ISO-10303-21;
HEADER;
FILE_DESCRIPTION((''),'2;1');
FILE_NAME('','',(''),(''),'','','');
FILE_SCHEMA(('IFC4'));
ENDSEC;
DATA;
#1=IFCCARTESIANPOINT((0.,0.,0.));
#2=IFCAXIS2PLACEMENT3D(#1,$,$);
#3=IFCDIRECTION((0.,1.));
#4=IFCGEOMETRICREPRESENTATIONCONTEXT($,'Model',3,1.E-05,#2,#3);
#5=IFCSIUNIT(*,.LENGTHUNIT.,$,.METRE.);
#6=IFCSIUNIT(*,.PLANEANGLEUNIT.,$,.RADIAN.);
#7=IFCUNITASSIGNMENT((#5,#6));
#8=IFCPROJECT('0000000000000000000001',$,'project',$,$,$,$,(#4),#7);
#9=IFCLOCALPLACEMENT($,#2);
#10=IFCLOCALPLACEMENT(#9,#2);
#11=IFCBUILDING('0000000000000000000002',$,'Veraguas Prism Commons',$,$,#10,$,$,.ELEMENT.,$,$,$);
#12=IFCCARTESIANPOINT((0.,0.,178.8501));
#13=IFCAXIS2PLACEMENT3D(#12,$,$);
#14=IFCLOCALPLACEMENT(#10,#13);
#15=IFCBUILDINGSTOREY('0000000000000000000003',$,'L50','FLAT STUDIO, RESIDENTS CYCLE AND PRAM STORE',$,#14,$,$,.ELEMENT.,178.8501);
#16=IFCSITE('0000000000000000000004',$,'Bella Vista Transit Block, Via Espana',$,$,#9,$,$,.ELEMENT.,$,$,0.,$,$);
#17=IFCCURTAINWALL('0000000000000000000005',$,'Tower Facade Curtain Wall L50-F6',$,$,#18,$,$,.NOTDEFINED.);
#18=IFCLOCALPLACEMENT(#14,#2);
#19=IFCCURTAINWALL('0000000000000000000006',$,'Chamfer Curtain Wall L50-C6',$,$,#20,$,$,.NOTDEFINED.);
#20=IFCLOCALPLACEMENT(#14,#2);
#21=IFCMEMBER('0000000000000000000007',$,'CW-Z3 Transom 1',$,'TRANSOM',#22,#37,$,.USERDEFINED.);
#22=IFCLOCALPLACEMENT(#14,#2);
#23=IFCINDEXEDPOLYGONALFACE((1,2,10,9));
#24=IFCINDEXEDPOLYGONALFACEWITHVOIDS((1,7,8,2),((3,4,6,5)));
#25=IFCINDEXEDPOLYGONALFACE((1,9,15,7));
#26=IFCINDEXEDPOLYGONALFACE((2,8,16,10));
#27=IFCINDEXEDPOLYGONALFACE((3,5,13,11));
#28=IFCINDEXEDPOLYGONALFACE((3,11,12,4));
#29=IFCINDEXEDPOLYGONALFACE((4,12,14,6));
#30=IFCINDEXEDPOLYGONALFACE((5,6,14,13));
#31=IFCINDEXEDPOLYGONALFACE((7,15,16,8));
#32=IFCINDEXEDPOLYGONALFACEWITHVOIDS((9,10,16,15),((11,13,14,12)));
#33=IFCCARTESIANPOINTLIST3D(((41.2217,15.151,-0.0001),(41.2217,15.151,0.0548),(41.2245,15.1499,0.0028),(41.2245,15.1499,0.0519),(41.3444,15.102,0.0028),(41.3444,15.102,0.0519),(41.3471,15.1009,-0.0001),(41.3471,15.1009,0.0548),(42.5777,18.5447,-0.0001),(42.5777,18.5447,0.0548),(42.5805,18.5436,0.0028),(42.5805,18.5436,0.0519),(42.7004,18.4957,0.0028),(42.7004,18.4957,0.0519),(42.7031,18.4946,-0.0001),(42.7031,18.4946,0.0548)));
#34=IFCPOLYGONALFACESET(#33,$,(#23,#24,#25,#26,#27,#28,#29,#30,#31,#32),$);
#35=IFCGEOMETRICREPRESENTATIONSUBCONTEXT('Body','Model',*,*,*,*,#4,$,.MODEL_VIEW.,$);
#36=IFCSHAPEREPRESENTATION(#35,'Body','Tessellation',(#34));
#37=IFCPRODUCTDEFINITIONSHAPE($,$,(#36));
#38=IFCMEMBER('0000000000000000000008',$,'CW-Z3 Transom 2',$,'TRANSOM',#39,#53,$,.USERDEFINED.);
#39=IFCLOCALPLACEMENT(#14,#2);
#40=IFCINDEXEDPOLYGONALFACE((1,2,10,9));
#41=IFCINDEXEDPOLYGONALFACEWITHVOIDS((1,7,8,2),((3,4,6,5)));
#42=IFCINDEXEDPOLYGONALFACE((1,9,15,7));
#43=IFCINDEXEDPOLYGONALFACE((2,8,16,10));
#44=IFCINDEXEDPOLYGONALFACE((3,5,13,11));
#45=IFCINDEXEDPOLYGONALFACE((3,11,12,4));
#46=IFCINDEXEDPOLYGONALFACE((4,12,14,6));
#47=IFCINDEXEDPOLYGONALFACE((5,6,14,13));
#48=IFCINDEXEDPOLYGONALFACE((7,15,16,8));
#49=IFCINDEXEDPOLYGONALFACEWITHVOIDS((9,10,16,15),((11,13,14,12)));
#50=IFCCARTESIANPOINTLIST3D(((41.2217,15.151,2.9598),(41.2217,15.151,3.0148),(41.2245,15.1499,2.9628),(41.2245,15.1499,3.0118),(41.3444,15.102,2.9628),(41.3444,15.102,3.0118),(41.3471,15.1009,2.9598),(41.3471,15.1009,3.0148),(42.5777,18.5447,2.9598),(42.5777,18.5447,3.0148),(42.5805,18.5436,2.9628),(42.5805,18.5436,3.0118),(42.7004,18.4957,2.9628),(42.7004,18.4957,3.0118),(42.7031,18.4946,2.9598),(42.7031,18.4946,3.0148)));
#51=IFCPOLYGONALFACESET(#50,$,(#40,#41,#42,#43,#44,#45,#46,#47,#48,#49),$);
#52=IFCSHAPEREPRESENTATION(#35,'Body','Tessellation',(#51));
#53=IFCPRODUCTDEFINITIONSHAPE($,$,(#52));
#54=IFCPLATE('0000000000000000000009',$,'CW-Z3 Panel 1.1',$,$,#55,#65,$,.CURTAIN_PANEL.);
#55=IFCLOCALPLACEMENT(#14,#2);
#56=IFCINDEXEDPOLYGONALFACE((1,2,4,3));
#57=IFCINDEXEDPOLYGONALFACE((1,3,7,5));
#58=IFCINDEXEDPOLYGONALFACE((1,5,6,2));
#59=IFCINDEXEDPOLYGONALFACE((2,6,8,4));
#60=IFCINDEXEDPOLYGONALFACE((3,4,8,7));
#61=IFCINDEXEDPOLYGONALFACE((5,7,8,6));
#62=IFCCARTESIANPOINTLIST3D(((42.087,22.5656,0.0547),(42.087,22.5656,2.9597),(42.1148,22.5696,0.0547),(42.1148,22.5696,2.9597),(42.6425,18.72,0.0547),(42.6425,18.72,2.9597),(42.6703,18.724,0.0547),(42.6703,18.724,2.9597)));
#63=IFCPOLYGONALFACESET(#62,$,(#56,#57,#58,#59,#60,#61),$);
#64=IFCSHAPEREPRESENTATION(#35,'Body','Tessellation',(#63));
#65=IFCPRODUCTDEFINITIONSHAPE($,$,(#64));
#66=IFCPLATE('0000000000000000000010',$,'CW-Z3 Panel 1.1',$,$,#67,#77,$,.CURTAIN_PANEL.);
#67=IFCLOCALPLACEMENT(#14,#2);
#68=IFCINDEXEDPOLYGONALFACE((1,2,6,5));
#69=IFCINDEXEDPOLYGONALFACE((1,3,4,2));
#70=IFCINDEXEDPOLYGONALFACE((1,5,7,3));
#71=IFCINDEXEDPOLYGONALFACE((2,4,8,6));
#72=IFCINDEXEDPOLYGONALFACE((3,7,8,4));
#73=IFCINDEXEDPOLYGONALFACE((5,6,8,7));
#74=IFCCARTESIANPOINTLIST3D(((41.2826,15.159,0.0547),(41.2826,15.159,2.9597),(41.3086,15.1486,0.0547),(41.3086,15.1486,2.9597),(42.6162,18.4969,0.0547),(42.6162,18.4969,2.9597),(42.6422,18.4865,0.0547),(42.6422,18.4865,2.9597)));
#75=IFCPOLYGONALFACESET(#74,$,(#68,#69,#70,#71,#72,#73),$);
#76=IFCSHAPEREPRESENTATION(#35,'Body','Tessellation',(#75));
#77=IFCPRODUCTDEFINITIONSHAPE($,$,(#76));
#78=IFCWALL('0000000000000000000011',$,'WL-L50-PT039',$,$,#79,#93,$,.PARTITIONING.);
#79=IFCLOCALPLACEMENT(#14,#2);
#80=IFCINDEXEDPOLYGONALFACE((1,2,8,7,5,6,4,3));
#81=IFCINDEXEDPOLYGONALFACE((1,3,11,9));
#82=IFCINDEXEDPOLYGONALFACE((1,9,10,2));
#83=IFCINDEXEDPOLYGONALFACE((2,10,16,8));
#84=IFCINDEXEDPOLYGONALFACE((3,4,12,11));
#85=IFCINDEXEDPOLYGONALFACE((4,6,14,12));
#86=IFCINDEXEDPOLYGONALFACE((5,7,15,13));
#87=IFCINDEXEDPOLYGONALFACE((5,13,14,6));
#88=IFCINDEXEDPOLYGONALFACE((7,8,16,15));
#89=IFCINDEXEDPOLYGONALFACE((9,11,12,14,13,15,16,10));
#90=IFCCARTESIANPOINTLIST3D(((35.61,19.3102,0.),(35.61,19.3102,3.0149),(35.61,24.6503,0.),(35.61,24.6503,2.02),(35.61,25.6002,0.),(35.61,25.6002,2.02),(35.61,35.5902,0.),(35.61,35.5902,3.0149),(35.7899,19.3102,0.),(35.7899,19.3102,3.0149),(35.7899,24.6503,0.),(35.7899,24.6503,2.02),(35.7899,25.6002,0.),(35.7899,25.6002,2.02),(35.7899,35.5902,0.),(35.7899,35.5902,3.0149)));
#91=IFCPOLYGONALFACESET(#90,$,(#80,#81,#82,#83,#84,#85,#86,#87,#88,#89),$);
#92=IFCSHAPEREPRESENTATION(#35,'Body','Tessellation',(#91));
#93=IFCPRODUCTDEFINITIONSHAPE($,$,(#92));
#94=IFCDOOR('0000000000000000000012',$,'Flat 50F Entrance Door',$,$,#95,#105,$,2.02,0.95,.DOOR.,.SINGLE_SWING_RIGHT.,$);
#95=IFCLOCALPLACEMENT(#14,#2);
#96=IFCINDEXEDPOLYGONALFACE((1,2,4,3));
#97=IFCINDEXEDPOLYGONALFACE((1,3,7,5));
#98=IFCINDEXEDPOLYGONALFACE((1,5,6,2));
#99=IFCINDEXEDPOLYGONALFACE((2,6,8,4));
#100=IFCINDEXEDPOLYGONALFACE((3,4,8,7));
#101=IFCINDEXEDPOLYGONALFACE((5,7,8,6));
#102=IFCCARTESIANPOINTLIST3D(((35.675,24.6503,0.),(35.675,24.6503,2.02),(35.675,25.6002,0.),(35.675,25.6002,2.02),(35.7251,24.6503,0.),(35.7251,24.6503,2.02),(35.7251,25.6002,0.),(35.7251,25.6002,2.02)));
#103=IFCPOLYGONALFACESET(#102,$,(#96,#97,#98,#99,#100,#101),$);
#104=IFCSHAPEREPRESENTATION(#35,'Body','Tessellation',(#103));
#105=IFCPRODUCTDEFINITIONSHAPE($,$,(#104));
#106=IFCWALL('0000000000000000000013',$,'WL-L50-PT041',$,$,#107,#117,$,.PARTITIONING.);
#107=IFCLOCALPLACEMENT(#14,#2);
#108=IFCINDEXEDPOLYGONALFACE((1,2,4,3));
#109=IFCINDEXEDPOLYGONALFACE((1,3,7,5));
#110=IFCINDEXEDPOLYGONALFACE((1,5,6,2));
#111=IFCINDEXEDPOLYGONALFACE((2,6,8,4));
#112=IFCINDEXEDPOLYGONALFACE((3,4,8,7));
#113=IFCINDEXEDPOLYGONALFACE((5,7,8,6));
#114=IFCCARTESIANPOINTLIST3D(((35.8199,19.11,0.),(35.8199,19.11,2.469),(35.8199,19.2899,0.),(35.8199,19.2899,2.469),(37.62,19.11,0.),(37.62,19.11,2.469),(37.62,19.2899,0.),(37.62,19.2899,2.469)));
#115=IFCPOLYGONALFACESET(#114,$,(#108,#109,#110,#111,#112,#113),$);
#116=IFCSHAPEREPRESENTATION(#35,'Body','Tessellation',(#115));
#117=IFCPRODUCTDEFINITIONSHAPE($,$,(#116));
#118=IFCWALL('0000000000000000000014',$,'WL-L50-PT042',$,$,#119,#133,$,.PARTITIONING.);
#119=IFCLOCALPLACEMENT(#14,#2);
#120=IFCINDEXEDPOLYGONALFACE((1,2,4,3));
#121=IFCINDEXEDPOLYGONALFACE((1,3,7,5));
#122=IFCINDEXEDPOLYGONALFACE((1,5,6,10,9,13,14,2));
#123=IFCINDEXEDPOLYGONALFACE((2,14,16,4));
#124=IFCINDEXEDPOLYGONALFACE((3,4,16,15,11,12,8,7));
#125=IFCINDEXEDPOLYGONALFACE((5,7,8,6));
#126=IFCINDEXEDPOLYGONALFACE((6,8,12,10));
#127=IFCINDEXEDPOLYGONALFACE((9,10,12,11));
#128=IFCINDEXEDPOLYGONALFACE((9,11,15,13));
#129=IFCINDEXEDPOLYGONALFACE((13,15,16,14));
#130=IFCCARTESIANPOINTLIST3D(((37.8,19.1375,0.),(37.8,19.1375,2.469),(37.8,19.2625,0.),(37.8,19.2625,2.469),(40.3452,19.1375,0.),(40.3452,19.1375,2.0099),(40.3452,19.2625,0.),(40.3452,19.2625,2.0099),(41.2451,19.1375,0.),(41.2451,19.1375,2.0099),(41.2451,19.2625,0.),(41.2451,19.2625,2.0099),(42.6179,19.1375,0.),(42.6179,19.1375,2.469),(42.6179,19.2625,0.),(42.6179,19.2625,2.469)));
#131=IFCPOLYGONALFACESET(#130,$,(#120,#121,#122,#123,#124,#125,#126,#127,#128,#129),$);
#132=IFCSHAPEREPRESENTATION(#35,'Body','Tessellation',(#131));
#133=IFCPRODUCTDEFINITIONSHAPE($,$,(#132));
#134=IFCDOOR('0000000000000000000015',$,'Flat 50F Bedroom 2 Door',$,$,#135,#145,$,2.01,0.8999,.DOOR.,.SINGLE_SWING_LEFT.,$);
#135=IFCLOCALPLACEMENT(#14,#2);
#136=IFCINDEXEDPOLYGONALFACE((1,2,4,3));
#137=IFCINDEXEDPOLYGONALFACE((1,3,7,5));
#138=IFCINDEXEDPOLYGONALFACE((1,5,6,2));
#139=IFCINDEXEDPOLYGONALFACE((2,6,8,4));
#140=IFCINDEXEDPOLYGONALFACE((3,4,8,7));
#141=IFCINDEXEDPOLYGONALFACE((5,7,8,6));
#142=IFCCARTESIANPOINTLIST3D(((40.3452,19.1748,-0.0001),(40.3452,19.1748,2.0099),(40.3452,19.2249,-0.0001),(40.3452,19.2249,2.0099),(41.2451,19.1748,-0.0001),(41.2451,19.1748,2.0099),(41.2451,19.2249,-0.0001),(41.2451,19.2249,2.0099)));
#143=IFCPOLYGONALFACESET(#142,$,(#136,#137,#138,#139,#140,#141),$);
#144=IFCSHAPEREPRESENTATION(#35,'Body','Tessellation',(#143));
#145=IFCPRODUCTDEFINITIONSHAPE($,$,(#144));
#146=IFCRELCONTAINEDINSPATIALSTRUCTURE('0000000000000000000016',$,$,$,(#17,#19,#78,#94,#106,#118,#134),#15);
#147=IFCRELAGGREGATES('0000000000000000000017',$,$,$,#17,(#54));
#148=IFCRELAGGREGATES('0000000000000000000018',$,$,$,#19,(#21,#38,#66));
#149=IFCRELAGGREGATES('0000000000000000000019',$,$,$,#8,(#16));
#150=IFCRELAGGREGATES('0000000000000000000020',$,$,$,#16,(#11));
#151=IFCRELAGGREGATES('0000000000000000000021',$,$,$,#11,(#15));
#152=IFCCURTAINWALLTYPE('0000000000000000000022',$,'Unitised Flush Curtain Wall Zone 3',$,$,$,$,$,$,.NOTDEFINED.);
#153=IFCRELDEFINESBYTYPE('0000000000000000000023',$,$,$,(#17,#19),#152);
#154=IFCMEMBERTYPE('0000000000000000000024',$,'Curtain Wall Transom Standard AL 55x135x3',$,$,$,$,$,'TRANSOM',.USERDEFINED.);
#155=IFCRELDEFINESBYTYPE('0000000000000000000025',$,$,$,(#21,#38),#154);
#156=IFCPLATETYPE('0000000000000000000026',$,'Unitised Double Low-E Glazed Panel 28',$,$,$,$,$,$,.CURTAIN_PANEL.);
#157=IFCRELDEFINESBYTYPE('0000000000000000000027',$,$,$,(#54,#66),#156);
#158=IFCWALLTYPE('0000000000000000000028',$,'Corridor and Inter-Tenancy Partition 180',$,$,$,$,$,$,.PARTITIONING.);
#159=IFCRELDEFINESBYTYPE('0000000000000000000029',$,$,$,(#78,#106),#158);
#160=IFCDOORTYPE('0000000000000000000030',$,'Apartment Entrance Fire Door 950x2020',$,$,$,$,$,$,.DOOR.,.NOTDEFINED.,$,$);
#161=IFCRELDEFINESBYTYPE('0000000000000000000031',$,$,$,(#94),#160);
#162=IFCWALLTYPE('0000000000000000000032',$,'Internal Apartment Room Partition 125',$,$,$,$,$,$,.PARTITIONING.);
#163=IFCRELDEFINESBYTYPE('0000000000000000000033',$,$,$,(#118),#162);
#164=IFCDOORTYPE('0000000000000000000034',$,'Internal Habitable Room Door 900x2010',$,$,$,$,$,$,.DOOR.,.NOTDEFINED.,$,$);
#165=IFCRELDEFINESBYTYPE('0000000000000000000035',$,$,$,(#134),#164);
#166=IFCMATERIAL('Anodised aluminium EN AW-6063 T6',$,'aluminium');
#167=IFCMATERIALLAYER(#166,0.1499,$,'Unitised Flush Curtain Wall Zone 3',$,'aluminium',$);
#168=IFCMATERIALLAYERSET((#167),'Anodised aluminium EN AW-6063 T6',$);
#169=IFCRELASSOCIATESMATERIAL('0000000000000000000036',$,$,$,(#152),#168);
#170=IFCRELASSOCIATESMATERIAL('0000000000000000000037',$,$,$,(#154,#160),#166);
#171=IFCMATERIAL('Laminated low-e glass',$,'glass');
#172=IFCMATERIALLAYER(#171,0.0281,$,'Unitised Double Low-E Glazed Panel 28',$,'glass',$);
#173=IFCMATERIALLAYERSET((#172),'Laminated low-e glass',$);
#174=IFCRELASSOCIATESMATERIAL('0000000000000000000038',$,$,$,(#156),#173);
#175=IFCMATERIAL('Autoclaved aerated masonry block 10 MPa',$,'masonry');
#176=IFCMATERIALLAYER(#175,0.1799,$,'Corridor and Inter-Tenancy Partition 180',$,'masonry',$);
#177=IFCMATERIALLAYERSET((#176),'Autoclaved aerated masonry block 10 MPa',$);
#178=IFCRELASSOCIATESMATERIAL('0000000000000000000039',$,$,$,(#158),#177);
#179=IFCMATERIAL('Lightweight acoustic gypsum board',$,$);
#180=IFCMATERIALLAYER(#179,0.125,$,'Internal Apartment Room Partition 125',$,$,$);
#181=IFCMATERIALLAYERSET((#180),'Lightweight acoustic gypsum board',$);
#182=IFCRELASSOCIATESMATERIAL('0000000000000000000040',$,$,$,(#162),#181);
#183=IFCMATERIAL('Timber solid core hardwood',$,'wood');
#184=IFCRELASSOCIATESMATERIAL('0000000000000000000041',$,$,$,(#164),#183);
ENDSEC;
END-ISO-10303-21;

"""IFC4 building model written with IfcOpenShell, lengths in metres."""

from ifc_helpers import new_model, si_unit, direction, frame, frame_2d, origin, origin_2d, place, context, subcontext, project, spatial, rectangle, hollow_rectangle, extrude, source, transform, mapped, material, layer, layer_set, material_profile, profile_set, type_object, element, fill, aggregate, save


model = new_model("IFC4")

# Units and contexts
model_context = context("Model", 3, precision=1e-05, world=origin(), true_north=direction((0.0, 1.0)))
body_context = subcontext(model_context, "Body", "Model", "MODEL_VIEW")
ifc_project = project(units=[si_unit("LENGTHUNIT", "METRE"), si_unit("PLANEANGLEUNIT", "RADIAN")], contexts=[model_context])

# Site, building, storey
site_placement = place(None, origin())
site = spatial("IfcSite", under=ifc_project, at=site_placement, Name="Bella Vista Transit Block, Via Espana", CompositionType="ELEMENT", RefElevation=0.0)
building_placement = place(site_placement, origin())
building = spatial("IfcBuilding", under=site, at=building_placement, Name="Veraguas Prism Commons", CompositionType="ELEMENT")
storey_placement = place(building_placement, frame((0.0, 0.0, 178.8501)))
storey = spatial("IfcBuildingStorey", under=building, at=storey_placement, Name="L50", Description="FLAT STUDIO, RESIDENTS CYCLE AND PRAM STORE", CompositionType="ELEMENT", Elevation=178.8501)

# Curtain walls
ifc_material_1 = material(Name="Anodised aluminium EN AW-6063 T6", Category="aluminium")
ifc_layer_1 = layer(ifc_material_1, 0.1499, Name="Unitised Flush Curtain Wall Zone 3", Category="aluminium")
ifc_layer_set_1 = layer_set([ifc_layer_1], Name="Anodised aluminium EN AW-6063 T6")
curtain_wall_type = type_object("IfcCurtainWallType", Name="Unitised Flush Curtain Wall Zone 3", PredefinedType="NOTDEFINED", material=ifc_layer_set_1)
curtain_wall_1_placement = place(storey_placement, origin())
curtain_wall_1 = element("IfcCurtainWall", 1, at=curtain_wall_1_placement, inside=storey, type_object=curtain_wall_type, Name="Tower Facade Curtain Wall L50-F6", PredefinedType="NOTDEFINED")
curtain_wall_2_placement = place(storey_placement, origin())
curtain_wall_2 = element("IfcCurtainWall", 2, at=curtain_wall_2_placement, inside=storey, type_object=curtain_wall_type, Name="Chamfer Curtain Wall L50-C6", PredefinedType="NOTDEFINED")

# Members
ifc_material_profile_1 = material_profile(ifc_material_1, hollow_rectangle(XDim=0.0549, YDim=0.135, WallThickness=0.0029, at=origin_2d()), Name="AL55X135X3")
ifc_profile_set_1 = profile_set([ifc_material_profile_1], Name="Anodised aluminium EN AW-6063 T6")
member_type_1 = type_object("IfcMemberType", Name="Curtain Wall Transom Standard AL 55x135x3", ElementType="TRANSOM", PredefinedType="USERDEFINED", material=ifc_profile_set_1)
shared_shape_1 = source(origin(), body_context, "Body", "SweptSolid", [
    extrude(hollow_rectangle(XDim=0.0549, YDim=0.135, WallThickness=0.0029, at=origin_2d()), origin(), (0.0, 0.0, 1.0), 3.6545),
])
member_1_placement = place(storey_placement, frame((41.2844, 15.126, 0.0273), z_axis=(0.371045, 0.928615, 0.0), x_axis=(0.0, 0.0, 1.0)))
member_1 = element("IfcMember", 3, at=member_1_placement, type_object=member_type_1, Name="CW-Z3 Transom 1", ObjectType="TRANSOM", PredefinedType="USERDEFINED", context=body_context, shape_type="MappedRepresentation", body=[
    mapped(shared_shape_1, transform((0.0, 0.0, 0.0), scale=1.0)),
])
member_2_placement = place(storey_placement, frame((41.2844, 15.126, 2.9873), z_axis=(0.371045, 0.928615, 0.0), x_axis=(0.0, 0.0, 1.0)))
member_2 = element("IfcMember", 4, at=member_2_placement, type_object=member_type_1, Name="CW-Z3 Transom 2", ObjectType="TRANSOM", PredefinedType="USERDEFINED", context=body_context, shape_type="MappedRepresentation", body=[
    mapped(shared_shape_1, transform((0.0, 0.0, 0.0), scale=1.0)),
])

# Plates
ifc_material_2 = material(Name="Laminated low-e glass", Category="glass")
ifc_layer_2 = layer(ifc_material_2, 0.0281, Name="Unitised Double Low-E Glazed Panel 28", Category="glass")
ifc_layer_set_2 = layer_set([ifc_layer_2], Name="Laminated low-e glass")
plate_type = type_object("IfcPlateType", Name="Unitised Double Low-E Glazed Panel 28", PredefinedType="CURTAIN_PANEL", material=ifc_layer_set_2)
shared_shape_2 = source(origin(), body_context, "Body", "SweptSolid", [
    extrude(rectangle(XDim=3.8855, YDim=0.0281, at=origin_2d()), origin(), (0.0, 0.0, 1.0), 2.905),
])
plate_1_placement = place(storey_placement, frame((42.3787, 20.6448, 0.0547), z_axis=(0.0, 0.0, 1.0), x_axis=(-0.142973, 0.989727, 0.0)))
plate_1 = element("IfcPlate", 5, at=plate_1_placement, type_object=plate_type, Name="CW-Z3 Panel 1.1", PredefinedType="CURTAIN_PANEL", context=body_context, shape_type="MappedRepresentation", body=[
    mapped(shared_shape_2, transform((0.0, 0.0, 0.0), scale=1.0)),
])
aggregate(curtain_wall_1, [plate_1])
shared_shape_3 = source(origin(), body_context, "Body", "SweptSolid", [
    extrude(rectangle(XDim=3.5945, YDim=0.0281, at=origin_2d()), origin(), (0.0, 0.0, 1.0), 2.905),
])
plate_2_placement = place(storey_placement, frame((41.9624, 16.8228, 0.0547), z_axis=(0.0, 0.0, 1.0), x_axis=(0.371015, 0.928627, 0.0)))
plate_2 = element("IfcPlate", 6, at=plate_2_placement, type_object=plate_type, Name="CW-Z3 Panel 1.1", PredefinedType="CURTAIN_PANEL", context=body_context, shape_type="MappedRepresentation", body=[
    mapped(shared_shape_3, transform((0.0, 0.0, 0.0), scale=1.0)),
])
aggregate(curtain_wall_2, [member_1, member_2, plate_2])

# Wall, opening, door
ifc_material_3 = material(Name="Autoclaved aerated masonry block 10 MPa", Category="masonry")
ifc_layer_3 = layer(ifc_material_3, 0.1799, Name="Corridor and Inter-Tenancy Partition 180", Category="masonry")
ifc_layer_set_3 = layer_set([ifc_layer_3], Name="Autoclaved aerated masonry block 10 MPa")
wall_type_1 = type_object("IfcWallType", Name="Corridor and Inter-Tenancy Partition 180", PredefinedType="PARTITIONING", material=ifc_layer_set_3)
wall_1_placement = place(storey_placement, frame((35.7, 19.3101, 0.0), z_axis=(0.0, 0.0, 1.0), x_axis=(0.0, 1.0, 0.0)))
wall_1 = element("IfcWall", 7, at=wall_1_placement, inside=storey, type_object=wall_type_1, Name="WL-L50-PT039", PredefinedType="PARTITIONING", context=body_context, shape_type="SweptSolid", body=[
    extrude(rectangle(XDim=16.28, YDim=0.1799, at=frame_2d((8.1401, 0.0))), origin(), (0.0, 0.0, 1.0), 3.0149),
])
opening_1_placement = place(wall_1_placement, frame((5.3401, 0.0, 0.0)))
opening_1 = element("IfcOpeningElement", 8, at=opening_1_placement, cuts=wall_1, PredefinedType="OPENING", context=body_context, shape_type="SweptSolid", body=[
    extrude(rectangle(XDim=0.95, YDim=2.02, at=frame_2d((0.4751, 1.01))), frame((0.0, 0.0999, 0.0), z_axis=(0.0, -1.0, 0.0), x_axis=(1.0, 0.0, 0.0)), (0.0, 0.0, 1.0), 0.2),
])
door_type_1 = type_object("IfcDoorType", Name="Apartment Entrance Fire Door 950x2020", OperationType="NOTDEFINED", PredefinedType="DOOR", material=ifc_material_1)
shared_shape_4 = source(origin(), body_context, "Body", "SweptSolid", [
    extrude(rectangle(XDim=0.95, YDim=2.02, at=frame_2d((0.4751, 1.01))), frame((0.0, 0.0249, 0.0), z_axis=(0.0, -1.0, 0.0), x_axis=(1.0, 0.0, 0.0)), (0.0, 0.0, 1.0), 0.05),
])
door_1_placement = place(opening_1_placement, origin())
door_1 = element("IfcDoor", 9, at=door_1_placement, inside=storey, type_object=door_type_1, Name="Flat 50F Entrance Door", OperationType="SINGLE_SWING_RIGHT", OverallHeight=2.02, OverallWidth=0.95, PredefinedType="DOOR", context=body_context, shape_type="MappedRepresentation", body=[
    mapped(shared_shape_4, transform((0.0, 0.0, 0.0), scale=1.0)),
])
fill(opening_1, door_1)

# Wall
wall_2_placement = place(storey_placement, frame((35.8201, 19.2, 0.0), z_axis=(0.0, 0.0, 1.0), x_axis=(1.0, 0.0, 0.0)))
element("IfcWall", 10, at=wall_2_placement, inside=storey, type_object=wall_type_1, Name="WL-L50-PT041", PredefinedType="PARTITIONING", context=body_context, shape_type="SweptSolid", body=[
    extrude(rectangle(XDim=1.8, YDim=0.1799, at=frame_2d((0.8999, 0.0))), origin(), (0.0, 0.0, 1.0), 2.469),
])

# Wall, opening, door
ifc_material_4 = material(Name="Lightweight acoustic gypsum board")
ifc_layer_4 = layer(ifc_material_4, 0.125, Name="Internal Apartment Room Partition 125")
ifc_layer_set_4 = layer_set([ifc_layer_4], Name="Lightweight acoustic gypsum board")
wall_type_2 = type_object("IfcWallType", Name="Internal Apartment Room Partition 125", PredefinedType="PARTITIONING", material=ifc_layer_set_4)
wall_3_placement = place(storey_placement, frame((37.8, 19.2, 0.0), z_axis=(0.0, 0.0, 1.0), x_axis=(1.0, 0.0, 0.0)))
wall_3 = element("IfcWall", 11, at=wall_3_placement, inside=storey, type_object=wall_type_2, Name="WL-L50-PT042", PredefinedType="PARTITIONING", context=body_context, shape_type="SweptSolid", body=[
    extrude(rectangle(XDim=4.8179, YDim=0.125, at=frame_2d((2.4089, 0.0))), origin(), (0.0, 0.0, 1.0), 2.469),
])
opening_2_placement = place(wall_3_placement, frame((2.5452, 0.0, 0.0)))
opening_2 = element("IfcOpeningElement", 12, at=opening_2_placement, cuts=wall_3, PredefinedType="OPENING", context=body_context, shape_type="SweptSolid", body=[
    extrude(rectangle(XDim=0.8999, YDim=2.01, at=frame_2d((0.45, 1.0049))), frame((0.0, 0.0725, 0.0), z_axis=(0.0, -1.0, 0.0), x_axis=(1.0, 0.0, 0.0)), (0.0, 0.0, 1.0), 0.145),
])
ifc_material_5 = material(Name="Timber solid core hardwood", Category="wood")
door_type_2 = type_object("IfcDoorType", Name="Internal Habitable Room Door 900x2010", OperationType="NOTDEFINED", PredefinedType="DOOR", material=ifc_material_5)
shared_shape_5 = source(origin(), body_context, "Body", "SweptSolid", [
    extrude(rectangle(XDim=0.8999, YDim=2.01, at=frame_2d((0.45, 1.0049))), frame((0.0, 0.0249, 0.0), z_axis=(0.0, -1.0, 0.0), x_axis=(1.0, 0.0, 0.0)), (0.0, 0.0, 1.0), 0.05),
])
door_2_placement = place(opening_2_placement, origin())
door_2 = element("IfcDoor", 13, at=door_2_placement, inside=storey, type_object=door_type_2, Name="Flat 50F Bedroom 2 Door", OperationType="SINGLE_SWING_LEFT", OverallHeight=2.01, OverallWidth=0.8999, PredefinedType="DOOR", context=body_context, shape_type="MappedRepresentation", body=[
    mapped(shared_shape_5, transform((0.0, 0.0, 0.0), scale=1.0)),
])
fill(opening_2, door_2)

save(model, "model.ifc")
